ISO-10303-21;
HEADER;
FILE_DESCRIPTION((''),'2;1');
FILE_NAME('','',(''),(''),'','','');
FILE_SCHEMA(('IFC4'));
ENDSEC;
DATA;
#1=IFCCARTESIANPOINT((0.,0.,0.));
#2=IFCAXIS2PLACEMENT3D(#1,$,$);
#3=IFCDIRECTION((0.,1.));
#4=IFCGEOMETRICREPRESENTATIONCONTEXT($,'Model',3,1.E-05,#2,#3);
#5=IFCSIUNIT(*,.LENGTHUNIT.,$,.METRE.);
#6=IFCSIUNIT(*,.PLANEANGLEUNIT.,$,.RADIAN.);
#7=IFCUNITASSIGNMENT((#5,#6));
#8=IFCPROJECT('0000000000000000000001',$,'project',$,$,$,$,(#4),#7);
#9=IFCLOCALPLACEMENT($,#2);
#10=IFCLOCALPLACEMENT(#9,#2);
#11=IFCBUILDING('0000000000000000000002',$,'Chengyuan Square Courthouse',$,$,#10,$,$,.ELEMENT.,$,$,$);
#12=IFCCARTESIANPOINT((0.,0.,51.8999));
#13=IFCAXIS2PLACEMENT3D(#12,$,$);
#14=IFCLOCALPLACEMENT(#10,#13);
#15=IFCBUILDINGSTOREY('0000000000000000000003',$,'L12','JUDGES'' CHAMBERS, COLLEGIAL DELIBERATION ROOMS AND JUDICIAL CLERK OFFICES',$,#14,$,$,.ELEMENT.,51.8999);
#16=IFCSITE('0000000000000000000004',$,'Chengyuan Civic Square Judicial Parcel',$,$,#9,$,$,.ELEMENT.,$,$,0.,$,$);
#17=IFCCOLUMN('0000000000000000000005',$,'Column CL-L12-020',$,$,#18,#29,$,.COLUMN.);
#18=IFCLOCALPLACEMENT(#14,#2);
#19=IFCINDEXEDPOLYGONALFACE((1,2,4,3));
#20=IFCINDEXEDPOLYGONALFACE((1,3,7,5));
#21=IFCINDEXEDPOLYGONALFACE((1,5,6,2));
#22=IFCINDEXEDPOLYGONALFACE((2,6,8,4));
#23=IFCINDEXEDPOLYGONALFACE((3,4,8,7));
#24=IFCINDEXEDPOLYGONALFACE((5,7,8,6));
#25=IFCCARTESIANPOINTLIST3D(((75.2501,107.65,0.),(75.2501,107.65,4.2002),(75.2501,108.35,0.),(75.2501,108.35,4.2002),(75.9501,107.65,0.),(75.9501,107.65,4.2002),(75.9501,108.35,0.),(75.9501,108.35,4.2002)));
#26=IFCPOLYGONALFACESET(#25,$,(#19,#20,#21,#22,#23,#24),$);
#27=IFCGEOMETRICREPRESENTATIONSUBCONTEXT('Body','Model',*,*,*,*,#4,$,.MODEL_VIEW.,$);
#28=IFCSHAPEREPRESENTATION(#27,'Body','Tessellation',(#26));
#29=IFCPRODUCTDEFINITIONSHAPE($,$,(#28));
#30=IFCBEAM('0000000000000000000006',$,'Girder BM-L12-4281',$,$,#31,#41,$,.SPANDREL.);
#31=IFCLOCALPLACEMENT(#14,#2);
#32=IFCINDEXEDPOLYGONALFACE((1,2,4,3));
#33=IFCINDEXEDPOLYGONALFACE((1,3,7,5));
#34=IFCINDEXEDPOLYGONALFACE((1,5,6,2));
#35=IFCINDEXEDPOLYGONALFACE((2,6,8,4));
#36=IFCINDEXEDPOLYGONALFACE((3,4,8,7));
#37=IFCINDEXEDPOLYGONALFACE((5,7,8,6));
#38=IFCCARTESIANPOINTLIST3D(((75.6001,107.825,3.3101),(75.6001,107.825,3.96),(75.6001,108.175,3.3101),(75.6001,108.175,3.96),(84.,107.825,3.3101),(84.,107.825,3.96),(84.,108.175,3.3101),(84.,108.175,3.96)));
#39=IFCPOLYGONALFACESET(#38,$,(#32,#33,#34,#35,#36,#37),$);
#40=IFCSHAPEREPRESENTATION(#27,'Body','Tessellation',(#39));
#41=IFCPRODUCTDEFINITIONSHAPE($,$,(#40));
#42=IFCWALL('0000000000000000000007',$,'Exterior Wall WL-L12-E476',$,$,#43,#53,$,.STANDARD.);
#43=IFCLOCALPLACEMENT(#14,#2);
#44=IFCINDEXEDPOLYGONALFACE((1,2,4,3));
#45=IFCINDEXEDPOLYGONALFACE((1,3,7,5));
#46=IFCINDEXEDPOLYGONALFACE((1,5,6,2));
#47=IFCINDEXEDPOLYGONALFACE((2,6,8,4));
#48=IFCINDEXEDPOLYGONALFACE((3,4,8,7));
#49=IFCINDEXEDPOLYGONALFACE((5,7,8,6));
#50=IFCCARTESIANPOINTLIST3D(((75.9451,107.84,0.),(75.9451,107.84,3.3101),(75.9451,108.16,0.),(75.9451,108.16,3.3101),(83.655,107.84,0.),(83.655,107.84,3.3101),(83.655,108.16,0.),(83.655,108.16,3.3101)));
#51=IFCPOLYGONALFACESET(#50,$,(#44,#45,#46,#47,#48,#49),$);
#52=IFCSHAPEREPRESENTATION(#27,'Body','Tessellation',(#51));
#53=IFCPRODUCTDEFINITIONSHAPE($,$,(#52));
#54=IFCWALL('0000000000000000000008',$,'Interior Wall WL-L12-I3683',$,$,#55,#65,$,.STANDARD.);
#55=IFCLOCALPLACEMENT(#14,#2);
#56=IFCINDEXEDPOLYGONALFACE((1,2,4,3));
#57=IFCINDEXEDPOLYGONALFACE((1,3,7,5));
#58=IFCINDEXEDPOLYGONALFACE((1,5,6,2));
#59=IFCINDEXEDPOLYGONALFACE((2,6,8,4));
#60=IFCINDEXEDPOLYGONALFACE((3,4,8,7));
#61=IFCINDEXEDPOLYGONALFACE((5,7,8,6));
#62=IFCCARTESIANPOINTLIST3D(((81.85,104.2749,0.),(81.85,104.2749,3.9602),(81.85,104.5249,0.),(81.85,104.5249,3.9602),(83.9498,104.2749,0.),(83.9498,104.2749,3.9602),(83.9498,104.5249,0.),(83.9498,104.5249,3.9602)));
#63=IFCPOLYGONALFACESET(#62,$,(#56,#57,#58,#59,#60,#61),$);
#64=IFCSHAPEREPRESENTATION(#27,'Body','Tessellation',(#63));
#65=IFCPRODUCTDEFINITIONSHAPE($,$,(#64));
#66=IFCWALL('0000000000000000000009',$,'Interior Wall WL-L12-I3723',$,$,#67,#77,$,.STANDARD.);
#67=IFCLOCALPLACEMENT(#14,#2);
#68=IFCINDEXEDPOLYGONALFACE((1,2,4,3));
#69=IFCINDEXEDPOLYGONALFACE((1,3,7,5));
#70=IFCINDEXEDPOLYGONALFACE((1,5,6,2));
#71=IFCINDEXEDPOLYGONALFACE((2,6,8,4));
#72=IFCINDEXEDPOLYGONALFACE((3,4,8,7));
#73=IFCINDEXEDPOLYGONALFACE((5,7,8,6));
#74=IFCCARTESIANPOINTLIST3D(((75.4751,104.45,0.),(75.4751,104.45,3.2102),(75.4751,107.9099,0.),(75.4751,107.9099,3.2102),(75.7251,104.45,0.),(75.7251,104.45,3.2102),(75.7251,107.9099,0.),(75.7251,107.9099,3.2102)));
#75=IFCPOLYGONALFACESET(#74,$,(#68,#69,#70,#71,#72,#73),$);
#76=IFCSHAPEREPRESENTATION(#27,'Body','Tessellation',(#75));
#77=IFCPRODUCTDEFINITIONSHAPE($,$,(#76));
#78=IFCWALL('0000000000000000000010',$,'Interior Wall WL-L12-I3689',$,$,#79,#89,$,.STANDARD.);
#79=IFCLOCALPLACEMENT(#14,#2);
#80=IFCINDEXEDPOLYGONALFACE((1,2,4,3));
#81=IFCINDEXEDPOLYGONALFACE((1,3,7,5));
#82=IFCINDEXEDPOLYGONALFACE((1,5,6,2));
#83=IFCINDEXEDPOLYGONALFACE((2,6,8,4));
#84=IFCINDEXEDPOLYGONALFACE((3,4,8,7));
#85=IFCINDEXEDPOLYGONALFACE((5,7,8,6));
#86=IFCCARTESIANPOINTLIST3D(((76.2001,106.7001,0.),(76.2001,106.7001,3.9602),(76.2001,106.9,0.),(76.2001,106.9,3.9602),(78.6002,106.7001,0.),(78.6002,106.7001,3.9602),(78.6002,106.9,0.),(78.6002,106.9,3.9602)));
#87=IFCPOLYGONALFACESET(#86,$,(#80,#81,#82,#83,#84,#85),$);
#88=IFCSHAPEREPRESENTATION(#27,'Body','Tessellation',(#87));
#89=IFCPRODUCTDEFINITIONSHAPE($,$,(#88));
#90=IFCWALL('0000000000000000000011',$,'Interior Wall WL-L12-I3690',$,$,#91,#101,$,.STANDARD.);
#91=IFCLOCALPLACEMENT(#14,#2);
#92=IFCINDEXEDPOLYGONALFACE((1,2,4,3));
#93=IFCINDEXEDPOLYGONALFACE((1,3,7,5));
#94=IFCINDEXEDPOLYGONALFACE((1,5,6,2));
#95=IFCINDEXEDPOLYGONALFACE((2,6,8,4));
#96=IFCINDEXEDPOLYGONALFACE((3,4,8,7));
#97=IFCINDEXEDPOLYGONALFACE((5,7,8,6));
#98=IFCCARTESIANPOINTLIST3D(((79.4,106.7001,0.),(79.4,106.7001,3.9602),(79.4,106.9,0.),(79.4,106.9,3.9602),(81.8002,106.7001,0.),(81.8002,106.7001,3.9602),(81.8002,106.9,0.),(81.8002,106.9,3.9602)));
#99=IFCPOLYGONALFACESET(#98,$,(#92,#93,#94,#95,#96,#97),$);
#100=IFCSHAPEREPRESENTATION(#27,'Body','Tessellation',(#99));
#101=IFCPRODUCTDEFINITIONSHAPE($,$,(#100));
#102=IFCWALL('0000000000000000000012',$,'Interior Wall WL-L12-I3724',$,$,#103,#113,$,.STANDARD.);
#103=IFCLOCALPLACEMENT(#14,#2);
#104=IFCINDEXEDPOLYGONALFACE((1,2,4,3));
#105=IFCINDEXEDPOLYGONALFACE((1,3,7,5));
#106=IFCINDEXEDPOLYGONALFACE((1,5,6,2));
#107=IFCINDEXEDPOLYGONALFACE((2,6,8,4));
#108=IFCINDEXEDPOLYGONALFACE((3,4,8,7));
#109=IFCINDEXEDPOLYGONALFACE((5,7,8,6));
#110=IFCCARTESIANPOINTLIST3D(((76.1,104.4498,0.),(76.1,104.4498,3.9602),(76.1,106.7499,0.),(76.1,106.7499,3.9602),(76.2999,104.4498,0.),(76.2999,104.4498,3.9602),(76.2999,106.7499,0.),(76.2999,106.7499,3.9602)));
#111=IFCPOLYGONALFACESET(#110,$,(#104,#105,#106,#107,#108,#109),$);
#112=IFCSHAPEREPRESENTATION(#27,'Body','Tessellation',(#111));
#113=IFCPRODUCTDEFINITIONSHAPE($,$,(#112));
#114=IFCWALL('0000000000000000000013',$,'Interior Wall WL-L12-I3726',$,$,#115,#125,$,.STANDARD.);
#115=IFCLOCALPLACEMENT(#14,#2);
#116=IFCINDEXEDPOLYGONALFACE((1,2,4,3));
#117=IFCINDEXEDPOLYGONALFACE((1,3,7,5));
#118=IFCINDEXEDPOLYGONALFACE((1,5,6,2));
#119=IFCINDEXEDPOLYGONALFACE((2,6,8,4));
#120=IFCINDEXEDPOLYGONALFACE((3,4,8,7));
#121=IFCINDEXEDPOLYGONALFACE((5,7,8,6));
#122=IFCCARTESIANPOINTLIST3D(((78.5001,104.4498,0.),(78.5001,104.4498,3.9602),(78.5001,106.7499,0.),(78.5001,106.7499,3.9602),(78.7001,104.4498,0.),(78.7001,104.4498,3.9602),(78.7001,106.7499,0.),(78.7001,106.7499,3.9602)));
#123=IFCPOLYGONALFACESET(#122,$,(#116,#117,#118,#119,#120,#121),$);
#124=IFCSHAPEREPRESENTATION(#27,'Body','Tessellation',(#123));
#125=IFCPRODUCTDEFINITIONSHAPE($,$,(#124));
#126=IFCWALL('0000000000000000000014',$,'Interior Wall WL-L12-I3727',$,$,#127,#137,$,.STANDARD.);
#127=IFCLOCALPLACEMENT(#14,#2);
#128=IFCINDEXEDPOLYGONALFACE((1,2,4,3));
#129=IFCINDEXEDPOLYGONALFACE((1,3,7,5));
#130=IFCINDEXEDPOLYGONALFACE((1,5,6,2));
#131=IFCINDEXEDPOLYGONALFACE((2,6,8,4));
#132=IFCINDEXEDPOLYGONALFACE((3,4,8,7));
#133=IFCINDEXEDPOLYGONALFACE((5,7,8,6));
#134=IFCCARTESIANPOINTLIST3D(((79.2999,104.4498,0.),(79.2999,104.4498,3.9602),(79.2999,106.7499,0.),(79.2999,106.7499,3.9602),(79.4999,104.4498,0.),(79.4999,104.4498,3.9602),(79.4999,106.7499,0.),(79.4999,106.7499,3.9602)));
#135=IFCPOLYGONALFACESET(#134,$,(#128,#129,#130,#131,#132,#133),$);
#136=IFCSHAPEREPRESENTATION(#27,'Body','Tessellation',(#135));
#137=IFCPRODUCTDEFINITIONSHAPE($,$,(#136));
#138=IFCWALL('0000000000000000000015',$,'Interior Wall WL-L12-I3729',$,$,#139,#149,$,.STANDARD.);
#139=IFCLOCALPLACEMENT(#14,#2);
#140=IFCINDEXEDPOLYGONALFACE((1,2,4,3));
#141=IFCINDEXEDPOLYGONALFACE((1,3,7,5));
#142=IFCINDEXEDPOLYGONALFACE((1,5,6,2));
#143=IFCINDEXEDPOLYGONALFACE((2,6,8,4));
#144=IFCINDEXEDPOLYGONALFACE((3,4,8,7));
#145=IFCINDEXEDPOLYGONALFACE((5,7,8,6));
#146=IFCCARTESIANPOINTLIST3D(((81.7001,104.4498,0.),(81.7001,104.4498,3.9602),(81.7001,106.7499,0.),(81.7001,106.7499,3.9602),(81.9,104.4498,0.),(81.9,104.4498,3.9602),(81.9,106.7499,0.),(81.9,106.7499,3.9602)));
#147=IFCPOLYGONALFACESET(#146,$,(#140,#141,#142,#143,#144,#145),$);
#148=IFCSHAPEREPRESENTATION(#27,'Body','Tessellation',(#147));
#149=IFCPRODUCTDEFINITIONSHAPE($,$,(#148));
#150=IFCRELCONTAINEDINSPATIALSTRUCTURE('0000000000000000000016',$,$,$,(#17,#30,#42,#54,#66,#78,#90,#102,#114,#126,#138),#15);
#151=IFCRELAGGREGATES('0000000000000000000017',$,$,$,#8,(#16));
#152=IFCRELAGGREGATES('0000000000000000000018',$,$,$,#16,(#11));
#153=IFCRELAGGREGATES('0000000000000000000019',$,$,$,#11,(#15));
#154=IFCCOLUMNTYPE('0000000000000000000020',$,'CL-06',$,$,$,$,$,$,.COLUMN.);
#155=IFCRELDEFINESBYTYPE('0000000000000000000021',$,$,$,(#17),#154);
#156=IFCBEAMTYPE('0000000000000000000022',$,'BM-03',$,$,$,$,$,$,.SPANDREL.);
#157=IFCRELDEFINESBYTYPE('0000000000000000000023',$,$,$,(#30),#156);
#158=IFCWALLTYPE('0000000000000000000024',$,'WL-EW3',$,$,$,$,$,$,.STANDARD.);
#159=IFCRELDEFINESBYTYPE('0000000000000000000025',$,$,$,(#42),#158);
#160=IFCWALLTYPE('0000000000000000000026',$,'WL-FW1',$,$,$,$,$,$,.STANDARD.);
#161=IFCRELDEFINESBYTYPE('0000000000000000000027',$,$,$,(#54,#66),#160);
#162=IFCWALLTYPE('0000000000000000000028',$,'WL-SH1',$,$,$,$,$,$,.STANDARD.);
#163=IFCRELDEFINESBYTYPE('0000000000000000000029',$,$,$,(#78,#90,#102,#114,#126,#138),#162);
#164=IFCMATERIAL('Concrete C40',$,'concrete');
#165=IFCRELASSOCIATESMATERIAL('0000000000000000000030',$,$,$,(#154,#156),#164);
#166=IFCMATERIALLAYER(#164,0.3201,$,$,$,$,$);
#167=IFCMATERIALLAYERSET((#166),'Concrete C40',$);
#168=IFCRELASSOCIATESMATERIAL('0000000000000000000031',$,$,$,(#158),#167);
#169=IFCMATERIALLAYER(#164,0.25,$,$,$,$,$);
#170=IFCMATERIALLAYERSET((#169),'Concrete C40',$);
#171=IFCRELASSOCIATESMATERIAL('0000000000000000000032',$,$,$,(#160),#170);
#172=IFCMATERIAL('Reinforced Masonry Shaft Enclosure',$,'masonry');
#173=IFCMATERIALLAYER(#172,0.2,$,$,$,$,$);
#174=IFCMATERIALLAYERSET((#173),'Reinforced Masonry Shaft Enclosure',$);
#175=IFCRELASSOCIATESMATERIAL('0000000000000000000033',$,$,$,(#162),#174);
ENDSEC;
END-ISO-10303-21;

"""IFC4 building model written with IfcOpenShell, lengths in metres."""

from ifc_helpers import new_model, si_unit, direction, frame, frame_2d, origin, origin_2d, place, context, subcontext, project, spatial, rectangle, extrude, material, layer, layer_set, material_profile, profile_set, type_object, element, save


model = new_model("IFC4")

# Units and contexts
model_context = context("Model", 3, precision=1e-05, world=origin(), true_north=direction((0.0, 1.0)))
body_context = subcontext(model_context, "Body", "Model", "MODEL_VIEW")
ifc_project = project(units=[si_unit("LENGTHUNIT", "METRE"), si_unit("PLANEANGLEUNIT", "RADIAN")], contexts=[model_context])

# Site, building, storey
site_placement = place(None, origin())
site = spatial("IfcSite", under=ifc_project, at=site_placement, Name="Chengyuan Civic Square Judicial Parcel", CompositionType="ELEMENT", RefElevation=0.0)
building_placement = place(site_placement, origin())
building = spatial("IfcBuilding", under=site, at=building_placement, Name="Chengyuan Square Courthouse", CompositionType="ELEMENT")
storey_placement = place(building_placement, frame((0.0, 0.0, 51.8999)))
storey = spatial("IfcBuildingStorey", under=building, at=storey_placement, Name="L12", Description="JUDGES' CHAMBERS, COLLEGIAL DELIBERATION ROOMS AND JUDICIAL CLERK OFFICES", CompositionType="ELEMENT", Elevation=51.8999)

# Column
ifc_material_1 = material(Name="Concrete C40", Category="concrete")
ifc_material_profile_1 = material_profile(ifc_material_1, rectangle(XDim=0.7, YDim=0.7, at=origin_2d()), Name="RC-COL-700x700")
ifc_profile_set_1 = profile_set([ifc_material_profile_1], Name="Concrete C40")
column_type = type_object("IfcColumnType", Name="CL-06", PredefinedType="COLUMN", material=ifc_profile_set_1)
column_placement = place(storey_placement, frame((75.6001, 108.0, 0.0), z_axis=(0.0, 0.0, 1.0), x_axis=(1.0, 0.0, 0.0)))
element("IfcColumn", 1, at=column_placement, inside=storey, type_object=column_type, Name="Column CL-L12-020", PredefinedType="COLUMN", context=body_context, shape_type="SweptSolid", body=[
    extrude(rectangle(XDim=0.7, YDim=0.7, at=origin_2d()), origin(), (0.0, 0.0, 1.0), 4.2002),
])

# Beam
ifc_material_profile_2 = material_profile(ifc_material_1, rectangle(XDim=0.3501, YDim=0.6499, at=origin_2d()), Name="RC-BM-350x650")
ifc_profile_set_2 = profile_set([ifc_material_profile_2], Name="Concrete C40")
beam_type = type_object("IfcBeamType", Name="BM-03", PredefinedType="SPANDREL", material=ifc_profile_set_2)
beam_placement = place(storey_placement, frame((75.6001, 108.0, 3.635), z_axis=(1.0, 0.0, 0.0), x_axis=(0.0, 1.0, 0.0)))
element("IfcBeam", 2, at=beam_placement, inside=storey, type_object=beam_type, Name="Girder BM-L12-4281", PredefinedType="SPANDREL", context=body_context, shape_type="SweptSolid", body=[
    extrude(rectangle(XDim=0.3501, YDim=0.6499, at=origin_2d()), origin(), (0.0, 0.0, 1.0), 8.3999),
])

# Walls
ifc_layer_1 = layer(ifc_material_1, 0.3201)
ifc_layer_set_1 = layer_set([ifc_layer_1], Name="Concrete C40")
wall_type_1 = type_object("IfcWallType", Name="WL-EW3", PredefinedType="STANDARD", material=ifc_layer_set_1)
wall_1_placement = place(storey_placement, frame((75.9451, 108.0, 0.0), z_axis=(0.0, 0.0, 1.0), x_axis=(1.0, 0.0, 0.0)))
element("IfcWall", 3, at=wall_1_placement, inside=storey, type_object=wall_type_1, Name="Exterior Wall WL-L12-E476", PredefinedType="STANDARD", context=body_context, shape_type="SweptSolid", body=[
    extrude(rectangle(XDim=7.71, YDim=0.3201, at=frame_2d((3.855, 0.0))), origin(), (0.0, 0.0, 1.0), 3.3101),
])
ifc_layer_2 = layer(ifc_material_1, 0.25)
ifc_layer_set_2 = layer_set([ifc_layer_2], Name="Concrete C40")
wall_type_2 = type_object("IfcWallType", Name="WL-FW1", PredefinedType="STANDARD", material=ifc_layer_set_2)
wall_2_placement = place(storey_placement, frame((81.8501, 104.3999, 0.0), z_axis=(0.0, 0.0, 1.0), x_axis=(1.0, 0.0, 0.0)))
element("IfcWall", 4, at=wall_2_placement, inside=storey, type_object=wall_type_2, Name="Interior Wall WL-L12-I3683", PredefinedType="STANDARD", context=body_context, shape_type="SweptSolid", body=[
    extrude(rectangle(XDim=2.0999, YDim=0.25, at=frame_2d((1.0498, 0.0))), origin(), (0.0, 0.0, 1.0), 3.9602),
])
wall_3_placement = place(storey_placement, frame((75.6001, 104.45, 0.0), z_axis=(0.0, 0.0, 1.0), x_axis=(0.0, 1.0, 0.0)))
element("IfcWall", 5, at=wall_3_placement, inside=storey, type_object=wall_type_2, Name="Interior Wall WL-L12-I3723", PredefinedType="STANDARD", context=body_context, shape_type="SweptSolid", body=[
    extrude(rectangle(XDim=3.46, YDim=0.25, at=frame_2d((1.73, 0.0))), origin(), (0.0, 0.0, 1.0), 3.2102),
])

# Shared definitions
ifc_material_2 = material(Name="Reinforced Masonry Shaft Enclosure", Category="masonry")
ifc_layer_3 = layer(ifc_material_2, 0.2)
ifc_layer_set_3 = layer_set([ifc_layer_3], Name="Reinforced Masonry Shaft Enclosure")
wall_type_3 = type_object("IfcWallType", Name="WL-SH1", PredefinedType="STANDARD", material=ifc_layer_set_3)

# Walls
for number, where, z_axis, x_axis, name in (
    (6, (76.2, 106.8, 0.0), (0.0, 0.0, 1.0), (1.0, 0.0, 0.0), "Interior Wall WL-L12-I3689"),
    (7, (79.3999, 106.8, 0.0), (0.0, 0.0, 1.0), (1.0, 0.0, 0.0), "Interior Wall WL-L12-I3690"),
):
    element("IfcWall", number, at=place(storey_placement, frame(where, z_axis=z_axis, x_axis=x_axis)), inside=storey, type_object=wall_type_3, Name=name, PredefinedType="STANDARD", context=body_context, shape_type="SweptSolid", body=[
        extrude(rectangle(XDim=2.4001, YDim=0.2, at=frame_2d((1.2002, 0.0))), origin(), (0.0, 0.0, 1.0), 3.9602),
    ])
for number, where, z_axis, x_axis, name in (
    (8, (76.2, 104.45, 0.0), (0.0, 0.0, 1.0), (0.0, 1.0, 0.0), "Interior Wall WL-L12-I3724"),
    (9, (78.6001, 104.45, 0.0), (0.0, 0.0, 1.0), (0.0, 1.0, 0.0), "Interior Wall WL-L12-I3726"),
    (10, (79.3999, 104.45, 0.0), (0.0, 0.0, 1.0), (0.0, 1.0, 0.0), "Interior Wall WL-L12-I3727"),
    (11, (81.8, 104.45, 0.0), (0.0, 0.0, 1.0), (0.0, 1.0, 0.0), "Interior Wall WL-L12-I3729"),
):
    element("IfcWall", number, at=place(storey_placement, frame(where, z_axis=z_axis, x_axis=x_axis)), inside=storey, type_object=wall_type_3, Name=name, PredefinedType="STANDARD", context=body_context, shape_type="SweptSolid", body=[
        extrude(rectangle(XDim=2.3, YDim=0.2, at=frame_2d((1.1499, 0.0))), origin(), (0.0, 0.0, 1.0), 3.9602),
    ])

save(model, "model.ifc")
